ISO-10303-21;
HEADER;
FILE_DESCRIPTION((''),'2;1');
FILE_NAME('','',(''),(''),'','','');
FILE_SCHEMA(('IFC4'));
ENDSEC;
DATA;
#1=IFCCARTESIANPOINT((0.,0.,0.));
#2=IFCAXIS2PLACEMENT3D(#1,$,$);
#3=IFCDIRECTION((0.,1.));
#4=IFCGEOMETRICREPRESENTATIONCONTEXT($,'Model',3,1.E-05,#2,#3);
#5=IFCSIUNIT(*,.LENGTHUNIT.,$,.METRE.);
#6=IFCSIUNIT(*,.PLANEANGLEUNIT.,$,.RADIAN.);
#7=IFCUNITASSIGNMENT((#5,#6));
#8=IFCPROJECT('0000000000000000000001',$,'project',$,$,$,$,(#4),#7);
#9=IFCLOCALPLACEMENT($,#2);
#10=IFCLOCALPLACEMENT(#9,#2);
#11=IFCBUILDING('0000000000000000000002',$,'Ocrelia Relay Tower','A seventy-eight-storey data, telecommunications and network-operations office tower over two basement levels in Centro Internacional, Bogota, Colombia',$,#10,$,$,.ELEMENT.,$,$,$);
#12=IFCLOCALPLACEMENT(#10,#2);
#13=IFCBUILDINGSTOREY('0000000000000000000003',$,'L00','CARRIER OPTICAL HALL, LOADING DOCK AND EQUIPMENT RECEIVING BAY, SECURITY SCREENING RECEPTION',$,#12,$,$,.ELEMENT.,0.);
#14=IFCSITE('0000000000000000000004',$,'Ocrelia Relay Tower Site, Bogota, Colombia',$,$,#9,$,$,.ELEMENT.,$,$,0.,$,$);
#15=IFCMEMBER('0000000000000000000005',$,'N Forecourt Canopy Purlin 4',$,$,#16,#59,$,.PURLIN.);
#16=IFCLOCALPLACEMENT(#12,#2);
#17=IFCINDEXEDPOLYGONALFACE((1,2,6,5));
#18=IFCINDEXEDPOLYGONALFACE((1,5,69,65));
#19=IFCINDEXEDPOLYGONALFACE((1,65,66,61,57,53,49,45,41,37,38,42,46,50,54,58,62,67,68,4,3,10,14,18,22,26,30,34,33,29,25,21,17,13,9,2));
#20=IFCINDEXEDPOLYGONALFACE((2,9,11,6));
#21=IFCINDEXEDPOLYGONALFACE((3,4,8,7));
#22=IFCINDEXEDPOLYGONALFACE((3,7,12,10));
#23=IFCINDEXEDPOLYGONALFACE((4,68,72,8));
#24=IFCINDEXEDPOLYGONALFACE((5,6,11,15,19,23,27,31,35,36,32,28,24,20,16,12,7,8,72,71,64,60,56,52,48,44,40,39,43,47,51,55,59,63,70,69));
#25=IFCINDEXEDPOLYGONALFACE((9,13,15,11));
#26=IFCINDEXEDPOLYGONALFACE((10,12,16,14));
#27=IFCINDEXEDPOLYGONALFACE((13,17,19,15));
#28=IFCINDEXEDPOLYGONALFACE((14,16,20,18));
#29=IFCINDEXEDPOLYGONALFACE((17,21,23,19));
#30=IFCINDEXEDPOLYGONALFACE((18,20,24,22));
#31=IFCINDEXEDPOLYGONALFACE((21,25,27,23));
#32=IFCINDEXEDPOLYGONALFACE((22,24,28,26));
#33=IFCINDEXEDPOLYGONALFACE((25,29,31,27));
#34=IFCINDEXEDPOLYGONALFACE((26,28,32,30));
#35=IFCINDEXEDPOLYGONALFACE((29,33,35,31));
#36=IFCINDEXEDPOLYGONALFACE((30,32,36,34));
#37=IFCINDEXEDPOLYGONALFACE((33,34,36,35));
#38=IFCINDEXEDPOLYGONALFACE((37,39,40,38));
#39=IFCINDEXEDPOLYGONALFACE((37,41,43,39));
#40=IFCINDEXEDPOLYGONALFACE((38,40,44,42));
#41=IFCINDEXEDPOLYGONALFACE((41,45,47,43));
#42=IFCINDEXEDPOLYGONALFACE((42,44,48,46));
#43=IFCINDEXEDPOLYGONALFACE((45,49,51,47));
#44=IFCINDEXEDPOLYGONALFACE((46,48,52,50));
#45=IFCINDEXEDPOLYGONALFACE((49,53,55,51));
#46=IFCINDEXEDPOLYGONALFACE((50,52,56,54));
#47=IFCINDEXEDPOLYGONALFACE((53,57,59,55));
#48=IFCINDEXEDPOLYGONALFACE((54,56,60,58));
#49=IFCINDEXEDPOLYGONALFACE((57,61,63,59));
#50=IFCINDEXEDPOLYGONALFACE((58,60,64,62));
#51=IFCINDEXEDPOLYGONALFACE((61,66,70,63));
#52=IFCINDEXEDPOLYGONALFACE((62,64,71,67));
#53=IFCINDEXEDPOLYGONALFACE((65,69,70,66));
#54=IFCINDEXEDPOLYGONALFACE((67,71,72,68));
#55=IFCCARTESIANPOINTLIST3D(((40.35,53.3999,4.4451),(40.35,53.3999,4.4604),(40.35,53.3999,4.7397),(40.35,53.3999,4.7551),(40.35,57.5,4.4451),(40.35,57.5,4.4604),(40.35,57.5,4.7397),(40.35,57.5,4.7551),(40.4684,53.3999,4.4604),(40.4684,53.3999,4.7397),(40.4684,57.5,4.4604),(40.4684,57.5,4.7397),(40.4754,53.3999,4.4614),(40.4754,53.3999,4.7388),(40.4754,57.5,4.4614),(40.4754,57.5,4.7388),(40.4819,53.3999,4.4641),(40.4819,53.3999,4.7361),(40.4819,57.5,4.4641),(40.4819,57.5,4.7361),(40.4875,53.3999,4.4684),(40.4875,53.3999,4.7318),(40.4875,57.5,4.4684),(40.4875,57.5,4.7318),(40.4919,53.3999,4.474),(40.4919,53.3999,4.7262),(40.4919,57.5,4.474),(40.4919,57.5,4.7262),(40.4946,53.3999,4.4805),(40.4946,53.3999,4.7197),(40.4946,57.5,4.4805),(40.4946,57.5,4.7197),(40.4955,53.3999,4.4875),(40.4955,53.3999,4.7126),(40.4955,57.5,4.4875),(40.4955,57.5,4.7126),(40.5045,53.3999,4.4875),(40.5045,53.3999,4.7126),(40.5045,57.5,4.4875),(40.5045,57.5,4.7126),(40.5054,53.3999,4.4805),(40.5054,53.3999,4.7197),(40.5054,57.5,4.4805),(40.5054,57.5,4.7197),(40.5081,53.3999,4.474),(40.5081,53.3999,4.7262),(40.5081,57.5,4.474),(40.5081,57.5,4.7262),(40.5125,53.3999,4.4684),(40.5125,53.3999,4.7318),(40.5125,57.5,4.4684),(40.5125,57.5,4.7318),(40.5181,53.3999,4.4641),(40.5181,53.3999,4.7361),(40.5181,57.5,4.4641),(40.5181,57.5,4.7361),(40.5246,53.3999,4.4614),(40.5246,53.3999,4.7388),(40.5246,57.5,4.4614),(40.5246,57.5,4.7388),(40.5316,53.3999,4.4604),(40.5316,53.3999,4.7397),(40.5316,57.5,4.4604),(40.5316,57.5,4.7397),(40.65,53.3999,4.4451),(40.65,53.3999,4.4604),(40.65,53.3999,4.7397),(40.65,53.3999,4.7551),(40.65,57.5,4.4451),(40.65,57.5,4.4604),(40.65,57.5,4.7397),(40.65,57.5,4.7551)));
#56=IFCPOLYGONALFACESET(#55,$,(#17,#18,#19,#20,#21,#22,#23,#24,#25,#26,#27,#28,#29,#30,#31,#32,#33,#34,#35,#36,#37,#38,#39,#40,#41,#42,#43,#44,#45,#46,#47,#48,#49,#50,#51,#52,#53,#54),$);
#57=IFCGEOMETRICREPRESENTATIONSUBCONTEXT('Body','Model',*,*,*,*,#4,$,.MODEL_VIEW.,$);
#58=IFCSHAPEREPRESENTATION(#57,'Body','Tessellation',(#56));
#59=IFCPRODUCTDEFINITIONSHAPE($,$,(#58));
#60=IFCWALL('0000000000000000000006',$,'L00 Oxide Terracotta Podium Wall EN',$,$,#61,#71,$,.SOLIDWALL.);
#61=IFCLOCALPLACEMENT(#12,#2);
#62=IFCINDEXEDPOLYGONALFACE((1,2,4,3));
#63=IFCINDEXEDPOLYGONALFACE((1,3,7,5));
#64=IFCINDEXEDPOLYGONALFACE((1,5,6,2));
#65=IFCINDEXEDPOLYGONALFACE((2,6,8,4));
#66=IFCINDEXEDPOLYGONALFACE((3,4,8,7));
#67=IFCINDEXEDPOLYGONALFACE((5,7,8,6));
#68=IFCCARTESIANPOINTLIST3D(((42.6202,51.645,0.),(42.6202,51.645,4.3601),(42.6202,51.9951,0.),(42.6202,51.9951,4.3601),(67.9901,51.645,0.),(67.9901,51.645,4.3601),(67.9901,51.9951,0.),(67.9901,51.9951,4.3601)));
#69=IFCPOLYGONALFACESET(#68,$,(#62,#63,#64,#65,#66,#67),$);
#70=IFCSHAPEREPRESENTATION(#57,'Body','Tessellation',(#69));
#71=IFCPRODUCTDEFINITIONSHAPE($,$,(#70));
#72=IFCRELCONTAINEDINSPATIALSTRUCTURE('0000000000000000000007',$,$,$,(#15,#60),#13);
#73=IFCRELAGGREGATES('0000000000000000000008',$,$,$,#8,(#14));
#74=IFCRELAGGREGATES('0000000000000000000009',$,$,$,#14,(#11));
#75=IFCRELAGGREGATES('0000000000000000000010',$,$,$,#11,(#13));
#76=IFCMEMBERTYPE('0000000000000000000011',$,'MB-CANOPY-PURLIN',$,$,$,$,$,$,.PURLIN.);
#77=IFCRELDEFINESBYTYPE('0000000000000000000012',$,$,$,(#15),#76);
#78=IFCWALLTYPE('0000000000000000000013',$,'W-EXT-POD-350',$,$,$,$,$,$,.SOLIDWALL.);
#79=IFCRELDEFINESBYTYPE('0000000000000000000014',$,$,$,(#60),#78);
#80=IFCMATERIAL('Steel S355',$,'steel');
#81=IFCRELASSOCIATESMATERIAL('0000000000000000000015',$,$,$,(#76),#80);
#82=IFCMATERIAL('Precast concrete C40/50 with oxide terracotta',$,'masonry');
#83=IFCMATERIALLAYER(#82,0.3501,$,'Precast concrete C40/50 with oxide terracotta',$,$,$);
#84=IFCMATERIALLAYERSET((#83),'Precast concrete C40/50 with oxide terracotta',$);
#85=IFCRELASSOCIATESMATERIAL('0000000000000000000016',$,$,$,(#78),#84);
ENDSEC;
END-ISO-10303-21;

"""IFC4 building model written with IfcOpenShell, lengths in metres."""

from ifc_helpers import new_model, si_unit, direction, frame, frame_2d, origin, origin_2d, place, context, subcontext, project, spatial, rectangle, i_section, extrude, material, layer, layer_set, material_profile, profile_set, type_object, element, save


model = new_model("IFC4")

# Units and contexts
model_context = context("Model", 3, precision=1e-05, world=origin(), true_north=direction((0.0, 1.0)))
body_context = subcontext(model_context, "Body", "Model", "MODEL_VIEW")
ifc_project = project(units=[si_unit("LENGTHUNIT", "METRE"), si_unit("PLANEANGLEUNIT", "RADIAN")], contexts=[model_context])

# Site, building, storey
site_placement = place(None, origin())
site = spatial("IfcSite", under=ifc_project, at=site_placement, Name="Ocrelia Relay Tower Site, Bogota, Colombia", CompositionType="ELEMENT", RefElevation=0.0)
building_placement = place(site_placement, origin())
building = spatial("IfcBuilding", under=site, at=building_placement, Name="Ocrelia Relay Tower", Description="A seventy-eight-storey data, telecommunications and network-operations office tower over two basement levels in Centro Internacional, Bogota, Colombia", CompositionType="ELEMENT")
storey_placement = place(building_placement, origin())
storey = spatial("IfcBuildingStorey", under=building, at=storey_placement, Name="L00", Description="CARRIER OPTICAL HALL, LOADING DOCK AND EQUIPMENT RECEIVING BAY, SECURITY SCREENING RECEPTION", CompositionType="ELEMENT", Elevation=0.0)

# Shared definitions
ifc_material_1 = material(Name="Steel S355", Category="steel")

# Member
ifc_material_profile_1 = material_profile(ifc_material_1, i_section(OverallWidth=0.3, OverallDepth=0.3101, WebThickness=0.009, FlangeThickness=0.0154, FilletRadius=0.0271, at=origin_2d()), Name="HEA 320")
ifc_profile_set_1 = profile_set([ifc_material_profile_1], Name="Steel S355")
member_type = type_object("IfcMemberType", Name="MB-CANOPY-PURLIN", PredefinedType="PURLIN", material=ifc_profile_set_1)
for number, where, z_axis, x_axis, name in (
    (1, (40.5, 53.3999, 4.6001), (0.0, 1.0, 0.0), (-1.0, 0.0, 0.0), "N Forecourt Canopy Purlin 4"),
):
    element("IfcMember", number, at=place(storey_placement, frame(where, z_axis=z_axis, x_axis=x_axis)), inside=storey, type_object=member_type, Name=name, PredefinedType="PURLIN", context=body_context, shape_type="SweptSolid", body=[
        extrude(i_section(OverallWidth=0.3, OverallDepth=0.3101, WebThickness=0.009, FlangeThickness=0.0154, FilletRadius=0.0271, at=origin_2d()), origin(), (0.0, 0.0, 1.0), 4.1001),
    ])

# Wall
ifc_material_2 = material(Name="Precast concrete C40/50 with oxide terracotta", Category="masonry")
ifc_layer = layer(ifc_material_2, 0.3501, Name="Precast concrete C40/50 with oxide terracotta")
ifc_layer_set = layer_set([ifc_layer], Name="Precast concrete C40/50 with oxide terracotta")
wall_type = type_object("IfcWallType", Name="W-EXT-POD-350", PredefinedType="SOLIDWALL", material=ifc_layer_set)
wall_placement = place(storey_placement, frame((42.6201, 51.8201, 0.0), z_axis=(0.0, 0.0, 1.0), x_axis=(1.0, 0.0, 0.0)))
element("IfcWall", 2, at=wall_placement, inside=storey, type_object=wall_type, Name="L00 Oxide Terracotta Podium Wall EN", PredefinedType="SOLIDWALL", context=body_context, shape_type="SweptSolid", body=[
    extrude(rectangle(XDim=25.3699, YDim=0.3501, at=frame_2d((12.6851, 0.0))), origin(), (0.0, 0.0, 1.0), 4.3601),
])

save(model, "model.ifc")
